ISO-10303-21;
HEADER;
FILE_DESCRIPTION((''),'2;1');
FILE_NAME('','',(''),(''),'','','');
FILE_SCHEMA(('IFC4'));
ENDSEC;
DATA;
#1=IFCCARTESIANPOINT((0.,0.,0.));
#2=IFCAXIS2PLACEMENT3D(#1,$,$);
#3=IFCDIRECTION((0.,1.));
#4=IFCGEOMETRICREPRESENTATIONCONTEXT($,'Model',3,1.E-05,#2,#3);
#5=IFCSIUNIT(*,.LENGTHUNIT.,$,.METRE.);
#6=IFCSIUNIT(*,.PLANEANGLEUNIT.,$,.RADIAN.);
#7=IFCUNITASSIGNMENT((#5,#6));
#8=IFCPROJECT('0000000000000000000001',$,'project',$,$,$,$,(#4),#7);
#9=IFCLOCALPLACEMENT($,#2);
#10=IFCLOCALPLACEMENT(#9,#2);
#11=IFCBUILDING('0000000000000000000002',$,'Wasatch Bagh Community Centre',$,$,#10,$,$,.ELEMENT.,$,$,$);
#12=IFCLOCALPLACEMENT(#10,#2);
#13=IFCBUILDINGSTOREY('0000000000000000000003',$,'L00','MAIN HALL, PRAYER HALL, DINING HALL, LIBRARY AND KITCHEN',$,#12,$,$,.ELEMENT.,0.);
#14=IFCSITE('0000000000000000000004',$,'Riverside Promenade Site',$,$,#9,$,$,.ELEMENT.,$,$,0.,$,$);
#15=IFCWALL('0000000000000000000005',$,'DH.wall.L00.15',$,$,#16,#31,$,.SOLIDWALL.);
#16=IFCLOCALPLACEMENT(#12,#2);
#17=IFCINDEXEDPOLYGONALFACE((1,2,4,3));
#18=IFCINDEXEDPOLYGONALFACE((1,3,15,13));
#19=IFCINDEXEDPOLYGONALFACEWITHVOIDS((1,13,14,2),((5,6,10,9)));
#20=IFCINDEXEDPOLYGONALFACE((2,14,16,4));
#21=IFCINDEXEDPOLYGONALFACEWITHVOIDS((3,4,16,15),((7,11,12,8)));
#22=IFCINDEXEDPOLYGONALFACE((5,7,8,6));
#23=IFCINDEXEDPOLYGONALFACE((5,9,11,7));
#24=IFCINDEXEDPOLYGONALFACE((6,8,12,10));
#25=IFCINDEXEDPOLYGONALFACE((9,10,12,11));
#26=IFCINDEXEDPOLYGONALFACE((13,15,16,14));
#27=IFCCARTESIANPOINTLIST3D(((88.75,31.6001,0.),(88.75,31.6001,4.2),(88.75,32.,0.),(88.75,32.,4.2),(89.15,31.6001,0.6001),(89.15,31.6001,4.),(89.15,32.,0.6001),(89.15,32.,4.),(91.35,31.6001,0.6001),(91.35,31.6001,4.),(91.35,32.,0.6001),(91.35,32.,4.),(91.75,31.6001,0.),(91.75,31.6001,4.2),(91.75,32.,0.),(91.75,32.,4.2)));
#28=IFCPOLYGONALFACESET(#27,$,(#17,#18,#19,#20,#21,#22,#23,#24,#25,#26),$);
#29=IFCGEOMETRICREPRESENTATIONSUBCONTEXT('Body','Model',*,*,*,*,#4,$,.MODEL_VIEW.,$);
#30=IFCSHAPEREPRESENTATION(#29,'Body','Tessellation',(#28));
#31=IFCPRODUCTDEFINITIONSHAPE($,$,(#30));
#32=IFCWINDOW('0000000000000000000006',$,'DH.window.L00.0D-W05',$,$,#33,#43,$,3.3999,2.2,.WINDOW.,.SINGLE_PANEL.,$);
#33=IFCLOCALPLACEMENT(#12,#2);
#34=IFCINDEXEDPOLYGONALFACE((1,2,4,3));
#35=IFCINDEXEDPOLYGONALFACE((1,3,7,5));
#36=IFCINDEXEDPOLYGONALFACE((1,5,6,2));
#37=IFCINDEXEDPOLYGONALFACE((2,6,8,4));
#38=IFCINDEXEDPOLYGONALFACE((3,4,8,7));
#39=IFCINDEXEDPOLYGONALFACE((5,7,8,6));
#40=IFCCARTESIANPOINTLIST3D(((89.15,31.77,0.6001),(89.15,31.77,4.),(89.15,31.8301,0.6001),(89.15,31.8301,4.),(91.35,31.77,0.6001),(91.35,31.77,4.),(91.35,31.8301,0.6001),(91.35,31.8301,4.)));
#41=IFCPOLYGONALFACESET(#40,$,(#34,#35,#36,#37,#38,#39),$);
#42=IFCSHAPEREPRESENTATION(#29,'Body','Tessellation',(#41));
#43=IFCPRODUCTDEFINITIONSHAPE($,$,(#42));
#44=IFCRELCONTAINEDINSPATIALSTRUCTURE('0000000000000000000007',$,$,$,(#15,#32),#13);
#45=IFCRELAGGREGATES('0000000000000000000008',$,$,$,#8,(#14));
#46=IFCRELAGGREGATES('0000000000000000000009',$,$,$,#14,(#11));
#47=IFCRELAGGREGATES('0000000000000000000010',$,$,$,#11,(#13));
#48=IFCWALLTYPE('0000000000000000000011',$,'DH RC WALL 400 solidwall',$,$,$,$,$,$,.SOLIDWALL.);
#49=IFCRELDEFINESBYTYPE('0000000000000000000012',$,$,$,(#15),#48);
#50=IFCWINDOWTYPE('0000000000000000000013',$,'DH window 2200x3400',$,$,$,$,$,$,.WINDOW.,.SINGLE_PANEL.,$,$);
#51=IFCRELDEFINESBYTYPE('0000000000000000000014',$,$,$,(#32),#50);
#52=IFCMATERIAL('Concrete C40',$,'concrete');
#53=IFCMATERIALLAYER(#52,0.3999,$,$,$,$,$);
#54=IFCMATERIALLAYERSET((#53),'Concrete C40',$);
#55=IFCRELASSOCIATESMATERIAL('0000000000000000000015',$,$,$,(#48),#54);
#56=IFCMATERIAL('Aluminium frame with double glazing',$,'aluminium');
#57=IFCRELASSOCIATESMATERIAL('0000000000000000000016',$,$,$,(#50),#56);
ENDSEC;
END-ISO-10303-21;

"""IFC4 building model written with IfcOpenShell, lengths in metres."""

from ifc_helpers import new_model, si_unit, direction, frame, frame_2d, origin, place, context, subcontext, project, spatial, rectangle, extrude, material, layer, layer_set, type_object, element, fill, save


model = new_model("IFC4")

# Units and contexts
model_context = context("Model", 3, precision=1e-05, world=origin(), true_north=direction((0.0, 1.0)))
body_context = subcontext(model_context, "Body", "Model", "MODEL_VIEW")
ifc_project = project(units=[si_unit("LENGTHUNIT", "METRE"), si_unit("PLANEANGLEUNIT", "RADIAN")], contexts=[model_context])

# Site, building, storey
site_placement = place(None, origin())
site = spatial("IfcSite", under=ifc_project, at=site_placement, Name="Riverside Promenade Site", CompositionType="ELEMENT", RefElevation=0.0)
building_placement = place(site_placement, origin())
building = spatial("IfcBuilding", under=site, at=building_placement, Name="Wasatch Bagh Community Centre", CompositionType="ELEMENT")
storey_placement = place(building_placement, origin())
storey = spatial("IfcBuildingStorey", under=building, at=storey_placement, Name="L00", Description="MAIN HALL, PRAYER HALL, DINING HALL, LIBRARY AND KITCHEN", CompositionType="ELEMENT", Elevation=0.0)

# Shared definitions
ifc_material_1 = material(Name="Concrete C40", Category="concrete")

# Shared definitions
ifc_layer_1 = layer(ifc_material_1, 0.3999)
ifc_layer_set_1 = layer_set([ifc_layer_1], Name="Concrete C40")
wall_type = type_object("IfcWallType", Name="DH RC WALL 400 solidwall", PredefinedType="SOLIDWALL", material=ifc_layer_set_1)

# Wall, opening, window
wall_1_placement = place(storey_placement, frame((88.75, 31.8, 0.0), z_axis=(0.0, 0.0, 1.0), x_axis=(1.0, 0.0, 0.0)))
wall_1 = element("IfcWall", 1, at=wall_1_placement, inside=storey, type_object=wall_type, Name="DH.wall.L00.15", PredefinedType="SOLIDWALL", context=body_context, shape_type="SweptSolid", body=[
    extrude(rectangle(XDim=3.0, YDim=0.3999, at=frame_2d((1.5, 0.0))), origin(), (0.0, 0.0, 1.0), 4.2),
])
opening_1_placement = place(wall_1_placement, frame((0.3999, 0.0, 0.6001)))
opening_1 = element("IfcOpeningElement", 2, at=opening_1_placement, cuts=wall_1, PredefinedType="OPENING", context=body_context, shape_type="SweptSolid", body=[
    extrude(rectangle(XDim=2.2, YDim=3.3999, at=frame_2d((1.1001, 1.7))), frame((0.0, 0.21, 0.0), z_axis=(0.0, -1.0, 0.0), x_axis=(1.0, 0.0, 0.0)), (0.0, 0.0, 1.0), 0.4199),
])
ifc_material_2 = material(Name="Aluminium frame with double glazing", Category="aluminium")
window_type = type_object("IfcWindowType", Name="DH window 2200x3400", PartitioningType="SINGLE_PANEL", PredefinedType="WINDOW", material=ifc_material_2)
window_placement = place(opening_1_placement, origin())
window = element("IfcWindow", 3, at=window_placement, inside=storey, type_object=window_type, Name="DH.window.L00.0D-W05", OverallHeight=3.3999, OverallWidth=2.2, PartitioningType="SINGLE_PANEL", PredefinedType="WINDOW", context=body_context, shape_type="SweptSolid", body=[
    extrude(rectangle(XDim=2.2, YDim=3.3999, at=frame_2d((1.1001, 1.7))), frame((0.0, 0.03, 0.0), z_axis=(0.0, -1.0, 0.0), x_axis=(1.0, 0.0, 0.0)), (0.0, 0.0, 1.0), 0.0601),
])
fill(opening_1, window)

save(model, "model.ifc")
